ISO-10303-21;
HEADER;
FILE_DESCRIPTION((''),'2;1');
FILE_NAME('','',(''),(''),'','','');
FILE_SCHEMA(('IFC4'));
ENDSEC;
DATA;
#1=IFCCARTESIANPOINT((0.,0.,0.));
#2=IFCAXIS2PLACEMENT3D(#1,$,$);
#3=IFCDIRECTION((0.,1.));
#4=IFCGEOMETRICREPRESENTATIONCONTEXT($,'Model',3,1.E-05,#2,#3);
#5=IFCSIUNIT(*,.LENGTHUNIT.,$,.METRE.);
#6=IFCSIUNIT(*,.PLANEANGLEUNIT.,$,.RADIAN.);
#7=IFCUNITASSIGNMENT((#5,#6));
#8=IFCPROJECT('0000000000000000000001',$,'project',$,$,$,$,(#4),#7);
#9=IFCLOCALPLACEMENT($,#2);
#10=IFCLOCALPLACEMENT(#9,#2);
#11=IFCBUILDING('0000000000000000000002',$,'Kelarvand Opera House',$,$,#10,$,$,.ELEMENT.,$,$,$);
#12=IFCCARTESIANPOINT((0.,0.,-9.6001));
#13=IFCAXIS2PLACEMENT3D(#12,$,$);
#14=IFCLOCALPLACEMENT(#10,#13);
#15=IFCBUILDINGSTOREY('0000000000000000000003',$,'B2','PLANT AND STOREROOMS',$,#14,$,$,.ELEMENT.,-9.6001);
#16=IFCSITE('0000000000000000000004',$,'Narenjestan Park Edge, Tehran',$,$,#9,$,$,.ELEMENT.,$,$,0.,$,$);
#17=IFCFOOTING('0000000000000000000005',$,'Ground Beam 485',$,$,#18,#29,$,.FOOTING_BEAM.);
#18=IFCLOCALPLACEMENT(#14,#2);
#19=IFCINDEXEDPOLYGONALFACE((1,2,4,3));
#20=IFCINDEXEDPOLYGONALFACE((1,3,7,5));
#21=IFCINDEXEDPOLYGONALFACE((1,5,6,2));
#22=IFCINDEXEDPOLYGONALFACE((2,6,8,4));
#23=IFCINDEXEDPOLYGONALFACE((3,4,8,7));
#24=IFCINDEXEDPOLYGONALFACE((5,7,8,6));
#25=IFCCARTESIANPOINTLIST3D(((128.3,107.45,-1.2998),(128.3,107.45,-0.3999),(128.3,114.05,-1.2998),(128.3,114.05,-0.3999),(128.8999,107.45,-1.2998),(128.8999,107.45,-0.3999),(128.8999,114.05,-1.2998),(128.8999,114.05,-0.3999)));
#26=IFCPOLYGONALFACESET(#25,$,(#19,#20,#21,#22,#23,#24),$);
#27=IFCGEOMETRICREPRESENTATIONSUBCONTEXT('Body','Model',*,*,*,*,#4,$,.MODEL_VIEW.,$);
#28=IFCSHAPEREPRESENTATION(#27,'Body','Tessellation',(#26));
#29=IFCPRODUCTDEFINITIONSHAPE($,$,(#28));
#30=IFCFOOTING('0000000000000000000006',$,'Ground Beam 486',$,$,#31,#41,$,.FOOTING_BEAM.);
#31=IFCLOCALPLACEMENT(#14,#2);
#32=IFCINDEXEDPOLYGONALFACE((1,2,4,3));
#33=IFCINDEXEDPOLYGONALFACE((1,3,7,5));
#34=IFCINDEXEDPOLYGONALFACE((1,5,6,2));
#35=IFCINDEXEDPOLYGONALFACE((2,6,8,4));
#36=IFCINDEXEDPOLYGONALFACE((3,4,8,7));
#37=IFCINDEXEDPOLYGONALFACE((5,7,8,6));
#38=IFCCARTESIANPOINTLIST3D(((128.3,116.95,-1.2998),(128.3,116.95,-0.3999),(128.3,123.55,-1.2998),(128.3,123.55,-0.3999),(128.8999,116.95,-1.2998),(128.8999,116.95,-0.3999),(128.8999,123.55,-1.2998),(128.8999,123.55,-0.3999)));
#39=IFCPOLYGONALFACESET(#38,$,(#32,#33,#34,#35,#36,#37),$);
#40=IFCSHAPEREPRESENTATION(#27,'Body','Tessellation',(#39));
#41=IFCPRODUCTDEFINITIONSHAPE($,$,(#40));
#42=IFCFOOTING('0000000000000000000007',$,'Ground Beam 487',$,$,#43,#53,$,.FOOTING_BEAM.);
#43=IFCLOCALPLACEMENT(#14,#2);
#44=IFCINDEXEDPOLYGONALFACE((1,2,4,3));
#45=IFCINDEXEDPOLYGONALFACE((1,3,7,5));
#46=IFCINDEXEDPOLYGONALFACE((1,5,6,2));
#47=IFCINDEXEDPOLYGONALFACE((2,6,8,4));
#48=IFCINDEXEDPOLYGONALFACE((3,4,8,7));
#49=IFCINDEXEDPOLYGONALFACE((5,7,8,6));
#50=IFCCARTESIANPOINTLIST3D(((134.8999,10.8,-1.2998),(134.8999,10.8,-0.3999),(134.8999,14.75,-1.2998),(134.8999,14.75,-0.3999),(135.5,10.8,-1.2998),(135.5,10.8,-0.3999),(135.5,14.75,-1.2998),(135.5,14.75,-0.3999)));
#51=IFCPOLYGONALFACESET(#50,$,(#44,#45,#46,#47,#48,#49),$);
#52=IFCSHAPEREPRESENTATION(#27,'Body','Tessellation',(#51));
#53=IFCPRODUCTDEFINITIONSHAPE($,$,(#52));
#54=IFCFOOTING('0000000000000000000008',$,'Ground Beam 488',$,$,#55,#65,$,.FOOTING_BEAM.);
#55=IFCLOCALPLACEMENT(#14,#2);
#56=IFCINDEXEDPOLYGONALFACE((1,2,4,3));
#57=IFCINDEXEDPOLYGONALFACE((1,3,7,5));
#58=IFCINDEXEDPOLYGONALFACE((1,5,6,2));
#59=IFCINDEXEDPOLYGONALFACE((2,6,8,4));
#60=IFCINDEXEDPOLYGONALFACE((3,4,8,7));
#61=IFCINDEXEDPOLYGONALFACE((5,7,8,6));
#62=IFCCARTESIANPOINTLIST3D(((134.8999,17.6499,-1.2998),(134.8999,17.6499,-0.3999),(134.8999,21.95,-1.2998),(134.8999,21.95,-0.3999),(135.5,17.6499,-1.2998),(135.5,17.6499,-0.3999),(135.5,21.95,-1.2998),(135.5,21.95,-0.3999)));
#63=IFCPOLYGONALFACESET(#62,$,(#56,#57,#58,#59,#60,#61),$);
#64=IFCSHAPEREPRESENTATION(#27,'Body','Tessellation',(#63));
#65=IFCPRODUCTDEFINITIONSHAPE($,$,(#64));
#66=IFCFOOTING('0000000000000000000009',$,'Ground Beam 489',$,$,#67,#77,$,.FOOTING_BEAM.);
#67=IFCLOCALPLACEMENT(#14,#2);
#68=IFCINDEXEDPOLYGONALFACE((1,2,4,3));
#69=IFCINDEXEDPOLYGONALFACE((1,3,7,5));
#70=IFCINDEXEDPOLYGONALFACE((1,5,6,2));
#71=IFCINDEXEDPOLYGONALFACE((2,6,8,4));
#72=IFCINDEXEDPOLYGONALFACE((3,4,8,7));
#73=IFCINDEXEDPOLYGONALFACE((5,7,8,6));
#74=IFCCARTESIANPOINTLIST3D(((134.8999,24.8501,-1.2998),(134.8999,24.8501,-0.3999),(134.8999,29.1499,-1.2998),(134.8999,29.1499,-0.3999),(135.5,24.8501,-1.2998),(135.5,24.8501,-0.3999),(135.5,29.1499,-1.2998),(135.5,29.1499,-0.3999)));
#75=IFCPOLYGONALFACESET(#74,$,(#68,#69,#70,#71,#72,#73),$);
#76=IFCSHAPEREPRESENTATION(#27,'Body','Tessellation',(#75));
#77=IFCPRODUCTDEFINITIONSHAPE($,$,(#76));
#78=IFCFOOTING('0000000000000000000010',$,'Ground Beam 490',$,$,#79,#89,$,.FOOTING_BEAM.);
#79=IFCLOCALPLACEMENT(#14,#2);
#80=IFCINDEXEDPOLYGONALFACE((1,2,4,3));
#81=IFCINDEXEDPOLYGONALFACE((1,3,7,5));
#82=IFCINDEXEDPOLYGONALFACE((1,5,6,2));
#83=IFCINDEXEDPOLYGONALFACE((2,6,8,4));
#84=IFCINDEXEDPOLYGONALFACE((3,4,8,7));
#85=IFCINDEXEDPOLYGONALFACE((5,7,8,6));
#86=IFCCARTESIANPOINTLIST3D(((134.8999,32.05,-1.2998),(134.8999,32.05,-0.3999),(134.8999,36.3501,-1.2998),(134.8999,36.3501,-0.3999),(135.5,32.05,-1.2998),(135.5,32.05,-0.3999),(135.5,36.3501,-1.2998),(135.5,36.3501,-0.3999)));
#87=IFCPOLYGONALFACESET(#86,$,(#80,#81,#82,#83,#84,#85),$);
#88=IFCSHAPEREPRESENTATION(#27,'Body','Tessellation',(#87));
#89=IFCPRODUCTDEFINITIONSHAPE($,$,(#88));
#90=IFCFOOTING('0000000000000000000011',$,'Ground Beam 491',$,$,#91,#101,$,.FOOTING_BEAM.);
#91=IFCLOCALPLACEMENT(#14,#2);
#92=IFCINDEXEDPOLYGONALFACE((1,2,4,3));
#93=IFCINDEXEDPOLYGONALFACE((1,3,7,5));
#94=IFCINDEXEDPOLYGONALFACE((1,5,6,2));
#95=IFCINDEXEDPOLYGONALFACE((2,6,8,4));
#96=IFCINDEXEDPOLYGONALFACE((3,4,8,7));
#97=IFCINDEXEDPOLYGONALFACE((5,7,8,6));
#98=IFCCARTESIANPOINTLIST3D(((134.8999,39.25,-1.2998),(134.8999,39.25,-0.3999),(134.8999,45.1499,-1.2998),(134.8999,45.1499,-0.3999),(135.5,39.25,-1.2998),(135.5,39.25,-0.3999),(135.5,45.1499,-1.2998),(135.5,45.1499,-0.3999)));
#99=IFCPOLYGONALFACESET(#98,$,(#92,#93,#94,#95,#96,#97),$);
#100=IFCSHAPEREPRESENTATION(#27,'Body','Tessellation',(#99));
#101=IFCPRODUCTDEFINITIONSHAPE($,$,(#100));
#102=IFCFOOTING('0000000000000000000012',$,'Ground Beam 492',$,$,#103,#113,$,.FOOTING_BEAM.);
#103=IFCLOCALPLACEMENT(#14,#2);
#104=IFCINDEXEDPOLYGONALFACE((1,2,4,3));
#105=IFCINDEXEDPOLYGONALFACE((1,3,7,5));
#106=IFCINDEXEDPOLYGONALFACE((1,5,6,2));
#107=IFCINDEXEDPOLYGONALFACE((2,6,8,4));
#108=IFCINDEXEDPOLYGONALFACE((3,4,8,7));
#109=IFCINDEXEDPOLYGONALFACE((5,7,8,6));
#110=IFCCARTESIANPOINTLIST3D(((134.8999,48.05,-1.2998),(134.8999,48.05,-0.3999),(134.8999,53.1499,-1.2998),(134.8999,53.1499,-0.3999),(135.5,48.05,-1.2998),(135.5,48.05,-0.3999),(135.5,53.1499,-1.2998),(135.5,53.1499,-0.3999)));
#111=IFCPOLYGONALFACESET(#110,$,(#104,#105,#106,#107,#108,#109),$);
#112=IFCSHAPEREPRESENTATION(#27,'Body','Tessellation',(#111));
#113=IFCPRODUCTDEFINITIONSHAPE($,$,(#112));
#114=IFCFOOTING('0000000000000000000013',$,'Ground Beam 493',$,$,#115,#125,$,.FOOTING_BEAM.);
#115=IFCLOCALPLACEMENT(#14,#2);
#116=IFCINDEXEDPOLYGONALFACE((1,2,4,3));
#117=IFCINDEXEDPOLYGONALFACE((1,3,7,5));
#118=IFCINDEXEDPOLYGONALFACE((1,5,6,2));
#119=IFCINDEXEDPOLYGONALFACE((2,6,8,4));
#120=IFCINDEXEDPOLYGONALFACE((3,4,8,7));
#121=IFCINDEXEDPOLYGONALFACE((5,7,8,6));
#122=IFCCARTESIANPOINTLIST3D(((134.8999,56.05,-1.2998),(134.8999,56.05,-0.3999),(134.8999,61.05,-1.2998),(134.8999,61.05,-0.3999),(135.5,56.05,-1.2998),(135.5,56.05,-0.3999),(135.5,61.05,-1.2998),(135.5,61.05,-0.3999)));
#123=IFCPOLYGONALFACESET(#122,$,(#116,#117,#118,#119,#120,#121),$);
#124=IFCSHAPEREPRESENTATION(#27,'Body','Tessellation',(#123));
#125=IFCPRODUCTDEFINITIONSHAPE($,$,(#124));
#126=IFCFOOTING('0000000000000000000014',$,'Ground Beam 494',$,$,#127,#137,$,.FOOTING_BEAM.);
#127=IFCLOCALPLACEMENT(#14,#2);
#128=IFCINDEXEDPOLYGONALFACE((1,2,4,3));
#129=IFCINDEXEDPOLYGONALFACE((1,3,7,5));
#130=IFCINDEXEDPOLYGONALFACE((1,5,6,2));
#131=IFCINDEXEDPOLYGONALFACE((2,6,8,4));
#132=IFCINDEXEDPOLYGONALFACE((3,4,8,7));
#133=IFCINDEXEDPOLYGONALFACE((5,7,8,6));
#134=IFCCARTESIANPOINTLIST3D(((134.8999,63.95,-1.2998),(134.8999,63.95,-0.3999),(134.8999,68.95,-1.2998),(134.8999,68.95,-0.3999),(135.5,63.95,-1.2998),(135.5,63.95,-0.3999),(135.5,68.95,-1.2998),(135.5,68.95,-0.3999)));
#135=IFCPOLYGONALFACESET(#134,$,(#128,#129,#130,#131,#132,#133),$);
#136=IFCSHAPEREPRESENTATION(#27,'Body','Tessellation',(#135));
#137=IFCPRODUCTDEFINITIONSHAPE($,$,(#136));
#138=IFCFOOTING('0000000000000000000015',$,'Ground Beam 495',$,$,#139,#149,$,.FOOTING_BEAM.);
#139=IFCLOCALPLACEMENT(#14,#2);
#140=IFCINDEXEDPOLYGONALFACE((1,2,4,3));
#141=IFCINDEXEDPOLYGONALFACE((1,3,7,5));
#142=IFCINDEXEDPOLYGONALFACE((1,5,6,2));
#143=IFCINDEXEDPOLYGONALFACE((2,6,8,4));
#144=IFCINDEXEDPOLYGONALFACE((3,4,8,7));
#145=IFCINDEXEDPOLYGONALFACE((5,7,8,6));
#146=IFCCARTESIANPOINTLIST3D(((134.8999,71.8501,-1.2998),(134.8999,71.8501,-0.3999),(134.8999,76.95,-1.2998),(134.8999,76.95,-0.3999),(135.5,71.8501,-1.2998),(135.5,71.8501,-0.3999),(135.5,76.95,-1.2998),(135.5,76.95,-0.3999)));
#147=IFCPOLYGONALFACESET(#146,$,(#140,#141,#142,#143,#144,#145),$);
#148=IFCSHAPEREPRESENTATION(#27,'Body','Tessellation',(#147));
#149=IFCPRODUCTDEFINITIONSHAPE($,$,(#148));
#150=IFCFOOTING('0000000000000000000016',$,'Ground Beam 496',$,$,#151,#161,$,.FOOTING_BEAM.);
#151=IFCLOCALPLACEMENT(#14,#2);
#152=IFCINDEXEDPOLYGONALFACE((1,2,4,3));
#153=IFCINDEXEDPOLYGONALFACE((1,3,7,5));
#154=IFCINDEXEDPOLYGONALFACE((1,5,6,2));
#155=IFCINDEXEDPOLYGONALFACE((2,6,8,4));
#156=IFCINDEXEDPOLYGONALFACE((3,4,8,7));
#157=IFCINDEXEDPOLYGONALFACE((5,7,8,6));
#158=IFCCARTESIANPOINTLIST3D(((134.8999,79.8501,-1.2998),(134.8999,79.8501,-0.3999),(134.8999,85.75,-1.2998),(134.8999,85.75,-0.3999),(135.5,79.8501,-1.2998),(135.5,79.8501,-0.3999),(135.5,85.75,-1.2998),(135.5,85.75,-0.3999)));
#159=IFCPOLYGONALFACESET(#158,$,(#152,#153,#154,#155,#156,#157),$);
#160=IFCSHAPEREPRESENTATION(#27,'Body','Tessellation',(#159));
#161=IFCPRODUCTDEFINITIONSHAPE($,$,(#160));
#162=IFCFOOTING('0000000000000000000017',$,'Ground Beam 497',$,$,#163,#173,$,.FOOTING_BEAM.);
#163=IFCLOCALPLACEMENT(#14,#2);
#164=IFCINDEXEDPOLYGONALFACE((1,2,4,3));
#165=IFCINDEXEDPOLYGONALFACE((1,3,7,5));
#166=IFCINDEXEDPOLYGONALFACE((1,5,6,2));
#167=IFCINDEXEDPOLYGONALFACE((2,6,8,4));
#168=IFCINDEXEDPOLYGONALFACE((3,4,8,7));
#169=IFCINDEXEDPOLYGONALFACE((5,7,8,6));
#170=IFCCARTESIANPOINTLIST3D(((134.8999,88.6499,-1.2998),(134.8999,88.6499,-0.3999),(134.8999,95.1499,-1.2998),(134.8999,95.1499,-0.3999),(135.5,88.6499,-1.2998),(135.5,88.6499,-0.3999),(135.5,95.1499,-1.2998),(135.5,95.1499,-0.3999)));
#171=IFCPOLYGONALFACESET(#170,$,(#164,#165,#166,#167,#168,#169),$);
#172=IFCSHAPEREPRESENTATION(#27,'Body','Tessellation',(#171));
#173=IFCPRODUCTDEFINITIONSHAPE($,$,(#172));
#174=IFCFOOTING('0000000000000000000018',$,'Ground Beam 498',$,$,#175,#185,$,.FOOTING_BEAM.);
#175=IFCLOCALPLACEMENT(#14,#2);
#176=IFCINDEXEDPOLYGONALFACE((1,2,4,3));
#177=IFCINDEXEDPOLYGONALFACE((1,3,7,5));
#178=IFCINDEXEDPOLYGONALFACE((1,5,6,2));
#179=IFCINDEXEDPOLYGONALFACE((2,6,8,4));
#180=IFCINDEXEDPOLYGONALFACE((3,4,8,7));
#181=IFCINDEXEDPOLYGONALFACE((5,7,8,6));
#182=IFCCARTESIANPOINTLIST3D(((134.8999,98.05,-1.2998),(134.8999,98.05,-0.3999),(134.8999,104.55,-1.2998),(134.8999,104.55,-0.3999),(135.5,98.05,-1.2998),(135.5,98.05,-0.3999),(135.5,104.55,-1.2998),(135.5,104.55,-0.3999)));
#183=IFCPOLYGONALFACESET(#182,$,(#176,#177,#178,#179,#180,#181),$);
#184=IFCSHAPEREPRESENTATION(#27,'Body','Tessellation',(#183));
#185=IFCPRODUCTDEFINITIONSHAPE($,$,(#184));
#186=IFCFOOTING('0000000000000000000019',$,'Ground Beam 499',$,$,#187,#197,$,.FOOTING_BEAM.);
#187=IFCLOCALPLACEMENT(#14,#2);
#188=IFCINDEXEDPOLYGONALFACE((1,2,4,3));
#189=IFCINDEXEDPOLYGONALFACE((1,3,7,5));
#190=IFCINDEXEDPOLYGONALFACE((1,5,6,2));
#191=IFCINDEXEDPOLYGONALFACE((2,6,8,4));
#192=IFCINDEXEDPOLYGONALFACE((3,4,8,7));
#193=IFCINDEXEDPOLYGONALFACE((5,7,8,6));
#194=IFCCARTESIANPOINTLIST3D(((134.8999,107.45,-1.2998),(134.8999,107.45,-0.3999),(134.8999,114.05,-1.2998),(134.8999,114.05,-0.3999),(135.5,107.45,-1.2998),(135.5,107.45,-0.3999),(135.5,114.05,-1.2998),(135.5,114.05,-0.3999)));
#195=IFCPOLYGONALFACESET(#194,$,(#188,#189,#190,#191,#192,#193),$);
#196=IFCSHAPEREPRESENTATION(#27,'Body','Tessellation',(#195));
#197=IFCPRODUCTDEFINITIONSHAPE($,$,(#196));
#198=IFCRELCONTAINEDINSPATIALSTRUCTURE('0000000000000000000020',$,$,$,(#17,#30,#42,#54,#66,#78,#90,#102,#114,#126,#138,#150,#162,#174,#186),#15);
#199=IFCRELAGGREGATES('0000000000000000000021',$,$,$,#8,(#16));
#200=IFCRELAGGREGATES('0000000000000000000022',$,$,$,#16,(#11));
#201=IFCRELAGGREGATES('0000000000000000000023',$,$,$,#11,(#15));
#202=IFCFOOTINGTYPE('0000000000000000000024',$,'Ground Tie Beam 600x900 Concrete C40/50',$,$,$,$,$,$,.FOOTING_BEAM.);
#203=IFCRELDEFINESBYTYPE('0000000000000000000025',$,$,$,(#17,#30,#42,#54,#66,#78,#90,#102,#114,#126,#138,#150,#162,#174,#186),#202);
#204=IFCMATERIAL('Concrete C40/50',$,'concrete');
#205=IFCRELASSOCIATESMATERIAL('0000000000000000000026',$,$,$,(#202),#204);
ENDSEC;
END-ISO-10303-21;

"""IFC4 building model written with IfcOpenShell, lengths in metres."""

from ifc_helpers import new_model, si_unit, direction, frame, origin, place, context, subcontext, project, spatial, polyline, outline, extrude, material, type_object, element, save


model = new_model("IFC4")

# Units and contexts
model_context = context("Model", 3, precision=1e-05, world=origin(), true_north=direction((0.0, 1.0)))
body_context = subcontext(model_context, "Body", "Model", "MODEL_VIEW")
ifc_project = project(units=[si_unit("LENGTHUNIT", "METRE"), si_unit("PLANEANGLEUNIT", "RADIAN")], contexts=[model_context])

# Site, building, storey
site_placement = place(None, origin())
site = spatial("IfcSite", under=ifc_project, at=site_placement, Name="Narenjestan Park Edge, Tehran", CompositionType="ELEMENT", RefElevation=0.0)
building_placement = place(site_placement, origin())
building = spatial("IfcBuilding", under=site, at=building_placement, Name="Kelarvand Opera House", CompositionType="ELEMENT")
storey_placement = place(building_placement, frame((0.0, 0.0, -9.6001)))
storey = spatial("IfcBuildingStorey", under=building, at=storey_placement, Name="B2", Description="PLANT AND STOREROOMS", CompositionType="ELEMENT", Elevation=-9.6001)

# Footings
ifc_material = material(Name="Concrete C40/50", Category="concrete")
footing_type = type_object("IfcFootingType", Name="Ground Tie Beam 600x900 Concrete C40/50", PredefinedType="FOOTING_BEAM", material=ifc_material)
footing_1_placement = place(storey_placement, frame((0.0, 0.0, -1.2998)))
element("IfcFooting", 1, at=footing_1_placement, inside=storey, type_object=footing_type, Name="Ground Beam 485", PredefinedType="FOOTING_BEAM", context=body_context, shape_type="SweptSolid", body=[
    extrude(outline(polyline([(128.3, 107.45), (128.8999, 107.45), (128.8999, 114.05), (128.3, 114.05), (128.3, 107.45)])), origin(), (0.0, 0.0, 1.0), 0.8999),
])
footing_2_placement = place(storey_placement, frame((0.0, 0.0, -1.2998)))
element("IfcFooting", 2, at=footing_2_placement, inside=storey, type_object=footing_type, Name="Ground Beam 486", PredefinedType="FOOTING_BEAM", context=body_context, shape_type="SweptSolid", body=[
    extrude(outline(polyline([(128.3, 116.95), (128.8999, 116.95), (128.8999, 123.55), (128.3, 123.55), (128.3, 116.95)])), origin(), (0.0, 0.0, 1.0), 0.8999),
])
footing_3_placement = place(storey_placement, frame((0.0, 0.0, -1.2998)))
element("IfcFooting", 3, at=footing_3_placement, inside=storey, type_object=footing_type, Name="Ground Beam 487", PredefinedType="FOOTING_BEAM", context=body_context, shape_type="SweptSolid", body=[
    extrude(outline(polyline([(134.8999, 10.8), (135.5, 10.8), (135.5, 14.75), (134.8999, 14.75), (134.8999, 10.8)])), origin(), (0.0, 0.0, 1.0), 0.8999),
])
footing_4_placement = place(storey_placement, frame((0.0, 0.0, -1.2998)))
element("IfcFooting", 4, at=footing_4_placement, inside=storey, type_object=footing_type, Name="Ground Beam 488", PredefinedType="FOOTING_BEAM", context=body_context, shape_type="SweptSolid", body=[
    extrude(outline(polyline([(134.8999, 17.6499), (135.5, 17.6499), (135.5, 21.95), (134.8999, 21.95), (134.8999, 17.6499)])), origin(), (0.0, 0.0, 1.0), 0.8999),
])
footing_5_placement = place(storey_placement, frame((0.0, 0.0, -1.2998)))
element("IfcFooting", 5, at=footing_5_placement, inside=storey, type_object=footing_type, Name="Ground Beam 489", PredefinedType="FOOTING_BEAM", context=body_context, shape_type="SweptSolid", body=[
    extrude(outline(polyline([(134.8999, 24.8501), (135.5, 24.8501), (135.5, 29.1499), (134.8999, 29.1499), (134.8999, 24.8501)])), origin(), (0.0, 0.0, 1.0), 0.8999),
])
footing_6_placement = place(storey_placement, frame((0.0, 0.0, -1.2998)))
element("IfcFooting", 6, at=footing_6_placement, inside=storey, type_object=footing_type, Name="Ground Beam 490", PredefinedType="FOOTING_BEAM", context=body_context, shape_type="SweptSolid", body=[
    extrude(outline(polyline([(134.8999, 32.05), (135.5, 32.05), (135.5, 36.3501), (134.8999, 36.3501), (134.8999, 32.05)])), origin(), (0.0, 0.0, 1.0), 0.8999),
])
footing_7_placement = place(storey_placement, frame((0.0, 0.0, -1.2998)))
element("IfcFooting", 7, at=footing_7_placement, inside=storey, type_object=footing_type, Name="Ground Beam 491", PredefinedType="FOOTING_BEAM", context=body_context, shape_type="SweptSolid", body=[
    extrude(outline(polyline([(134.8999, 39.25), (135.5, 39.25), (135.5, 45.1499), (134.8999, 45.1499), (134.8999, 39.25)])), origin(), (0.0, 0.0, 1.0), 0.8999),
])
footing_8_placement = place(storey_placement, frame((0.0, 0.0, -1.2998)))
element("IfcFooting", 8, at=footing_8_placement, inside=storey, type_object=footing_type, Name="Ground Beam 492", PredefinedType="FOOTING_BEAM", context=body_context, shape_type="SweptSolid", body=[
    extrude(outline(polyline([(134.8999, 48.05), (135.5, 48.05), (135.5, 53.1499), (134.8999, 53.1499), (134.8999, 48.05)])), origin(), (0.0, 0.0, 1.0), 0.8999),
])
footing_9_placement = place(storey_placement, frame((0.0, 0.0, -1.2998)))
element("IfcFooting", 9, at=footing_9_placement, inside=storey, type_object=footing_type, Name="Ground Beam 493", PredefinedType="FOOTING_BEAM", context=body_context, shape_type="SweptSolid", body=[
    extrude(outline(polyline([(134.8999, 56.05), (135.5, 56.05), (135.5, 61.05), (134.8999, 61.05), (134.8999, 56.05)])), origin(), (0.0, 0.0, 1.0), 0.8999),
])
footing_10_placement = place(storey_placement, frame((0.0, 0.0, -1.2998)))
element("IfcFooting", 10, at=footing_10_placement, inside=storey, type_object=footing_type, Name="Ground Beam 494", PredefinedType="FOOTING_BEAM", context=body_context, shape_type="SweptSolid", body=[
    extrude(outline(polyline([(134.8999, 63.95), (135.5, 63.95), (135.5, 68.95), (134.8999, 68.95), (134.8999, 63.95)])), origin(), (0.0, 0.0, 1.0), 0.8999),
])
footing_11_placement = place(storey_placement, frame((0.0, 0.0, -1.2998)))
element("IfcFooting", 11, at=footing_11_placement, inside=storey, type_object=footing_type, Name="Ground Beam 495", PredefinedType="FOOTING_BEAM", context=body_context, shape_type="SweptSolid", body=[
    extrude(outline(polyline([(134.8999, 71.8501), (135.5, 71.8501), (135.5, 76.95), (134.8999, 76.95), (134.8999, 71.8501)])), origin(), (0.0, 0.0, 1.0), 0.8999),
])
footing_12_placement = place(storey_placement, frame((0.0, 0.0, -1.2998)))
element("IfcFooting", 12, at=footing_12_placement, inside=storey, type_object=footing_type, Name="Ground Beam 496", PredefinedType="FOOTING_BEAM", context=body_context, shape_type="SweptSolid", body=[
    extrude(outline(polyline([(134.8999, 79.8501), (135.5, 79.8501), (135.5, 85.75), (134.8999, 85.75), (134.8999, 79.8501)])), origin(), (0.0, 0.0, 1.0), 0.8999),
])
footing_13_placement = place(storey_placement, frame((0.0, 0.0, -1.2998)))
element("IfcFooting", 13, at=footing_13_placement, inside=storey, type_object=footing_type, Name="Ground Beam 497", PredefinedType="FOOTING_BEAM", context=body_context, shape_type="SweptSolid", body=[
    extrude(outline(polyline([(134.8999, 88.6499), (135.5, 88.6499), (135.5, 95.1499), (134.8999, 95.1499), (134.8999, 88.6499)])), origin(), (0.0, 0.0, 1.0), 0.8999),
])
footing_14_placement = place(storey_placement, frame((0.0, 0.0, -1.2998)))
element("IfcFooting", 14, at=footing_14_placement, inside=storey, type_object=footing_type, Name="Ground Beam 498", PredefinedType="FOOTING_BEAM", context=body_context, shape_type="SweptSolid", body=[
    extrude(outline(polyline([(134.8999, 98.05), (135.5, 98.05), (135.5, 104.55), (134.8999, 104.55), (134.8999, 98.05)])), origin(), (0.0, 0.0, 1.0), 0.8999),
])
footing_15_placement = place(storey_placement, frame((0.0, 0.0, -1.2998)))
element("IfcFooting", 15, at=footing_15_placement, inside=storey, type_object=footing_type, Name="Ground Beam 499", PredefinedType="FOOTING_BEAM", context=body_context, shape_type="SweptSolid", body=[
    extrude(outline(polyline([(134.8999, 107.45), (135.5, 107.45), (135.5, 114.05), (134.8999, 114.05), (134.8999, 107.45)])), origin(), (0.0, 0.0, 1.0), 0.8999),
])

save(model, "model.ifc")
